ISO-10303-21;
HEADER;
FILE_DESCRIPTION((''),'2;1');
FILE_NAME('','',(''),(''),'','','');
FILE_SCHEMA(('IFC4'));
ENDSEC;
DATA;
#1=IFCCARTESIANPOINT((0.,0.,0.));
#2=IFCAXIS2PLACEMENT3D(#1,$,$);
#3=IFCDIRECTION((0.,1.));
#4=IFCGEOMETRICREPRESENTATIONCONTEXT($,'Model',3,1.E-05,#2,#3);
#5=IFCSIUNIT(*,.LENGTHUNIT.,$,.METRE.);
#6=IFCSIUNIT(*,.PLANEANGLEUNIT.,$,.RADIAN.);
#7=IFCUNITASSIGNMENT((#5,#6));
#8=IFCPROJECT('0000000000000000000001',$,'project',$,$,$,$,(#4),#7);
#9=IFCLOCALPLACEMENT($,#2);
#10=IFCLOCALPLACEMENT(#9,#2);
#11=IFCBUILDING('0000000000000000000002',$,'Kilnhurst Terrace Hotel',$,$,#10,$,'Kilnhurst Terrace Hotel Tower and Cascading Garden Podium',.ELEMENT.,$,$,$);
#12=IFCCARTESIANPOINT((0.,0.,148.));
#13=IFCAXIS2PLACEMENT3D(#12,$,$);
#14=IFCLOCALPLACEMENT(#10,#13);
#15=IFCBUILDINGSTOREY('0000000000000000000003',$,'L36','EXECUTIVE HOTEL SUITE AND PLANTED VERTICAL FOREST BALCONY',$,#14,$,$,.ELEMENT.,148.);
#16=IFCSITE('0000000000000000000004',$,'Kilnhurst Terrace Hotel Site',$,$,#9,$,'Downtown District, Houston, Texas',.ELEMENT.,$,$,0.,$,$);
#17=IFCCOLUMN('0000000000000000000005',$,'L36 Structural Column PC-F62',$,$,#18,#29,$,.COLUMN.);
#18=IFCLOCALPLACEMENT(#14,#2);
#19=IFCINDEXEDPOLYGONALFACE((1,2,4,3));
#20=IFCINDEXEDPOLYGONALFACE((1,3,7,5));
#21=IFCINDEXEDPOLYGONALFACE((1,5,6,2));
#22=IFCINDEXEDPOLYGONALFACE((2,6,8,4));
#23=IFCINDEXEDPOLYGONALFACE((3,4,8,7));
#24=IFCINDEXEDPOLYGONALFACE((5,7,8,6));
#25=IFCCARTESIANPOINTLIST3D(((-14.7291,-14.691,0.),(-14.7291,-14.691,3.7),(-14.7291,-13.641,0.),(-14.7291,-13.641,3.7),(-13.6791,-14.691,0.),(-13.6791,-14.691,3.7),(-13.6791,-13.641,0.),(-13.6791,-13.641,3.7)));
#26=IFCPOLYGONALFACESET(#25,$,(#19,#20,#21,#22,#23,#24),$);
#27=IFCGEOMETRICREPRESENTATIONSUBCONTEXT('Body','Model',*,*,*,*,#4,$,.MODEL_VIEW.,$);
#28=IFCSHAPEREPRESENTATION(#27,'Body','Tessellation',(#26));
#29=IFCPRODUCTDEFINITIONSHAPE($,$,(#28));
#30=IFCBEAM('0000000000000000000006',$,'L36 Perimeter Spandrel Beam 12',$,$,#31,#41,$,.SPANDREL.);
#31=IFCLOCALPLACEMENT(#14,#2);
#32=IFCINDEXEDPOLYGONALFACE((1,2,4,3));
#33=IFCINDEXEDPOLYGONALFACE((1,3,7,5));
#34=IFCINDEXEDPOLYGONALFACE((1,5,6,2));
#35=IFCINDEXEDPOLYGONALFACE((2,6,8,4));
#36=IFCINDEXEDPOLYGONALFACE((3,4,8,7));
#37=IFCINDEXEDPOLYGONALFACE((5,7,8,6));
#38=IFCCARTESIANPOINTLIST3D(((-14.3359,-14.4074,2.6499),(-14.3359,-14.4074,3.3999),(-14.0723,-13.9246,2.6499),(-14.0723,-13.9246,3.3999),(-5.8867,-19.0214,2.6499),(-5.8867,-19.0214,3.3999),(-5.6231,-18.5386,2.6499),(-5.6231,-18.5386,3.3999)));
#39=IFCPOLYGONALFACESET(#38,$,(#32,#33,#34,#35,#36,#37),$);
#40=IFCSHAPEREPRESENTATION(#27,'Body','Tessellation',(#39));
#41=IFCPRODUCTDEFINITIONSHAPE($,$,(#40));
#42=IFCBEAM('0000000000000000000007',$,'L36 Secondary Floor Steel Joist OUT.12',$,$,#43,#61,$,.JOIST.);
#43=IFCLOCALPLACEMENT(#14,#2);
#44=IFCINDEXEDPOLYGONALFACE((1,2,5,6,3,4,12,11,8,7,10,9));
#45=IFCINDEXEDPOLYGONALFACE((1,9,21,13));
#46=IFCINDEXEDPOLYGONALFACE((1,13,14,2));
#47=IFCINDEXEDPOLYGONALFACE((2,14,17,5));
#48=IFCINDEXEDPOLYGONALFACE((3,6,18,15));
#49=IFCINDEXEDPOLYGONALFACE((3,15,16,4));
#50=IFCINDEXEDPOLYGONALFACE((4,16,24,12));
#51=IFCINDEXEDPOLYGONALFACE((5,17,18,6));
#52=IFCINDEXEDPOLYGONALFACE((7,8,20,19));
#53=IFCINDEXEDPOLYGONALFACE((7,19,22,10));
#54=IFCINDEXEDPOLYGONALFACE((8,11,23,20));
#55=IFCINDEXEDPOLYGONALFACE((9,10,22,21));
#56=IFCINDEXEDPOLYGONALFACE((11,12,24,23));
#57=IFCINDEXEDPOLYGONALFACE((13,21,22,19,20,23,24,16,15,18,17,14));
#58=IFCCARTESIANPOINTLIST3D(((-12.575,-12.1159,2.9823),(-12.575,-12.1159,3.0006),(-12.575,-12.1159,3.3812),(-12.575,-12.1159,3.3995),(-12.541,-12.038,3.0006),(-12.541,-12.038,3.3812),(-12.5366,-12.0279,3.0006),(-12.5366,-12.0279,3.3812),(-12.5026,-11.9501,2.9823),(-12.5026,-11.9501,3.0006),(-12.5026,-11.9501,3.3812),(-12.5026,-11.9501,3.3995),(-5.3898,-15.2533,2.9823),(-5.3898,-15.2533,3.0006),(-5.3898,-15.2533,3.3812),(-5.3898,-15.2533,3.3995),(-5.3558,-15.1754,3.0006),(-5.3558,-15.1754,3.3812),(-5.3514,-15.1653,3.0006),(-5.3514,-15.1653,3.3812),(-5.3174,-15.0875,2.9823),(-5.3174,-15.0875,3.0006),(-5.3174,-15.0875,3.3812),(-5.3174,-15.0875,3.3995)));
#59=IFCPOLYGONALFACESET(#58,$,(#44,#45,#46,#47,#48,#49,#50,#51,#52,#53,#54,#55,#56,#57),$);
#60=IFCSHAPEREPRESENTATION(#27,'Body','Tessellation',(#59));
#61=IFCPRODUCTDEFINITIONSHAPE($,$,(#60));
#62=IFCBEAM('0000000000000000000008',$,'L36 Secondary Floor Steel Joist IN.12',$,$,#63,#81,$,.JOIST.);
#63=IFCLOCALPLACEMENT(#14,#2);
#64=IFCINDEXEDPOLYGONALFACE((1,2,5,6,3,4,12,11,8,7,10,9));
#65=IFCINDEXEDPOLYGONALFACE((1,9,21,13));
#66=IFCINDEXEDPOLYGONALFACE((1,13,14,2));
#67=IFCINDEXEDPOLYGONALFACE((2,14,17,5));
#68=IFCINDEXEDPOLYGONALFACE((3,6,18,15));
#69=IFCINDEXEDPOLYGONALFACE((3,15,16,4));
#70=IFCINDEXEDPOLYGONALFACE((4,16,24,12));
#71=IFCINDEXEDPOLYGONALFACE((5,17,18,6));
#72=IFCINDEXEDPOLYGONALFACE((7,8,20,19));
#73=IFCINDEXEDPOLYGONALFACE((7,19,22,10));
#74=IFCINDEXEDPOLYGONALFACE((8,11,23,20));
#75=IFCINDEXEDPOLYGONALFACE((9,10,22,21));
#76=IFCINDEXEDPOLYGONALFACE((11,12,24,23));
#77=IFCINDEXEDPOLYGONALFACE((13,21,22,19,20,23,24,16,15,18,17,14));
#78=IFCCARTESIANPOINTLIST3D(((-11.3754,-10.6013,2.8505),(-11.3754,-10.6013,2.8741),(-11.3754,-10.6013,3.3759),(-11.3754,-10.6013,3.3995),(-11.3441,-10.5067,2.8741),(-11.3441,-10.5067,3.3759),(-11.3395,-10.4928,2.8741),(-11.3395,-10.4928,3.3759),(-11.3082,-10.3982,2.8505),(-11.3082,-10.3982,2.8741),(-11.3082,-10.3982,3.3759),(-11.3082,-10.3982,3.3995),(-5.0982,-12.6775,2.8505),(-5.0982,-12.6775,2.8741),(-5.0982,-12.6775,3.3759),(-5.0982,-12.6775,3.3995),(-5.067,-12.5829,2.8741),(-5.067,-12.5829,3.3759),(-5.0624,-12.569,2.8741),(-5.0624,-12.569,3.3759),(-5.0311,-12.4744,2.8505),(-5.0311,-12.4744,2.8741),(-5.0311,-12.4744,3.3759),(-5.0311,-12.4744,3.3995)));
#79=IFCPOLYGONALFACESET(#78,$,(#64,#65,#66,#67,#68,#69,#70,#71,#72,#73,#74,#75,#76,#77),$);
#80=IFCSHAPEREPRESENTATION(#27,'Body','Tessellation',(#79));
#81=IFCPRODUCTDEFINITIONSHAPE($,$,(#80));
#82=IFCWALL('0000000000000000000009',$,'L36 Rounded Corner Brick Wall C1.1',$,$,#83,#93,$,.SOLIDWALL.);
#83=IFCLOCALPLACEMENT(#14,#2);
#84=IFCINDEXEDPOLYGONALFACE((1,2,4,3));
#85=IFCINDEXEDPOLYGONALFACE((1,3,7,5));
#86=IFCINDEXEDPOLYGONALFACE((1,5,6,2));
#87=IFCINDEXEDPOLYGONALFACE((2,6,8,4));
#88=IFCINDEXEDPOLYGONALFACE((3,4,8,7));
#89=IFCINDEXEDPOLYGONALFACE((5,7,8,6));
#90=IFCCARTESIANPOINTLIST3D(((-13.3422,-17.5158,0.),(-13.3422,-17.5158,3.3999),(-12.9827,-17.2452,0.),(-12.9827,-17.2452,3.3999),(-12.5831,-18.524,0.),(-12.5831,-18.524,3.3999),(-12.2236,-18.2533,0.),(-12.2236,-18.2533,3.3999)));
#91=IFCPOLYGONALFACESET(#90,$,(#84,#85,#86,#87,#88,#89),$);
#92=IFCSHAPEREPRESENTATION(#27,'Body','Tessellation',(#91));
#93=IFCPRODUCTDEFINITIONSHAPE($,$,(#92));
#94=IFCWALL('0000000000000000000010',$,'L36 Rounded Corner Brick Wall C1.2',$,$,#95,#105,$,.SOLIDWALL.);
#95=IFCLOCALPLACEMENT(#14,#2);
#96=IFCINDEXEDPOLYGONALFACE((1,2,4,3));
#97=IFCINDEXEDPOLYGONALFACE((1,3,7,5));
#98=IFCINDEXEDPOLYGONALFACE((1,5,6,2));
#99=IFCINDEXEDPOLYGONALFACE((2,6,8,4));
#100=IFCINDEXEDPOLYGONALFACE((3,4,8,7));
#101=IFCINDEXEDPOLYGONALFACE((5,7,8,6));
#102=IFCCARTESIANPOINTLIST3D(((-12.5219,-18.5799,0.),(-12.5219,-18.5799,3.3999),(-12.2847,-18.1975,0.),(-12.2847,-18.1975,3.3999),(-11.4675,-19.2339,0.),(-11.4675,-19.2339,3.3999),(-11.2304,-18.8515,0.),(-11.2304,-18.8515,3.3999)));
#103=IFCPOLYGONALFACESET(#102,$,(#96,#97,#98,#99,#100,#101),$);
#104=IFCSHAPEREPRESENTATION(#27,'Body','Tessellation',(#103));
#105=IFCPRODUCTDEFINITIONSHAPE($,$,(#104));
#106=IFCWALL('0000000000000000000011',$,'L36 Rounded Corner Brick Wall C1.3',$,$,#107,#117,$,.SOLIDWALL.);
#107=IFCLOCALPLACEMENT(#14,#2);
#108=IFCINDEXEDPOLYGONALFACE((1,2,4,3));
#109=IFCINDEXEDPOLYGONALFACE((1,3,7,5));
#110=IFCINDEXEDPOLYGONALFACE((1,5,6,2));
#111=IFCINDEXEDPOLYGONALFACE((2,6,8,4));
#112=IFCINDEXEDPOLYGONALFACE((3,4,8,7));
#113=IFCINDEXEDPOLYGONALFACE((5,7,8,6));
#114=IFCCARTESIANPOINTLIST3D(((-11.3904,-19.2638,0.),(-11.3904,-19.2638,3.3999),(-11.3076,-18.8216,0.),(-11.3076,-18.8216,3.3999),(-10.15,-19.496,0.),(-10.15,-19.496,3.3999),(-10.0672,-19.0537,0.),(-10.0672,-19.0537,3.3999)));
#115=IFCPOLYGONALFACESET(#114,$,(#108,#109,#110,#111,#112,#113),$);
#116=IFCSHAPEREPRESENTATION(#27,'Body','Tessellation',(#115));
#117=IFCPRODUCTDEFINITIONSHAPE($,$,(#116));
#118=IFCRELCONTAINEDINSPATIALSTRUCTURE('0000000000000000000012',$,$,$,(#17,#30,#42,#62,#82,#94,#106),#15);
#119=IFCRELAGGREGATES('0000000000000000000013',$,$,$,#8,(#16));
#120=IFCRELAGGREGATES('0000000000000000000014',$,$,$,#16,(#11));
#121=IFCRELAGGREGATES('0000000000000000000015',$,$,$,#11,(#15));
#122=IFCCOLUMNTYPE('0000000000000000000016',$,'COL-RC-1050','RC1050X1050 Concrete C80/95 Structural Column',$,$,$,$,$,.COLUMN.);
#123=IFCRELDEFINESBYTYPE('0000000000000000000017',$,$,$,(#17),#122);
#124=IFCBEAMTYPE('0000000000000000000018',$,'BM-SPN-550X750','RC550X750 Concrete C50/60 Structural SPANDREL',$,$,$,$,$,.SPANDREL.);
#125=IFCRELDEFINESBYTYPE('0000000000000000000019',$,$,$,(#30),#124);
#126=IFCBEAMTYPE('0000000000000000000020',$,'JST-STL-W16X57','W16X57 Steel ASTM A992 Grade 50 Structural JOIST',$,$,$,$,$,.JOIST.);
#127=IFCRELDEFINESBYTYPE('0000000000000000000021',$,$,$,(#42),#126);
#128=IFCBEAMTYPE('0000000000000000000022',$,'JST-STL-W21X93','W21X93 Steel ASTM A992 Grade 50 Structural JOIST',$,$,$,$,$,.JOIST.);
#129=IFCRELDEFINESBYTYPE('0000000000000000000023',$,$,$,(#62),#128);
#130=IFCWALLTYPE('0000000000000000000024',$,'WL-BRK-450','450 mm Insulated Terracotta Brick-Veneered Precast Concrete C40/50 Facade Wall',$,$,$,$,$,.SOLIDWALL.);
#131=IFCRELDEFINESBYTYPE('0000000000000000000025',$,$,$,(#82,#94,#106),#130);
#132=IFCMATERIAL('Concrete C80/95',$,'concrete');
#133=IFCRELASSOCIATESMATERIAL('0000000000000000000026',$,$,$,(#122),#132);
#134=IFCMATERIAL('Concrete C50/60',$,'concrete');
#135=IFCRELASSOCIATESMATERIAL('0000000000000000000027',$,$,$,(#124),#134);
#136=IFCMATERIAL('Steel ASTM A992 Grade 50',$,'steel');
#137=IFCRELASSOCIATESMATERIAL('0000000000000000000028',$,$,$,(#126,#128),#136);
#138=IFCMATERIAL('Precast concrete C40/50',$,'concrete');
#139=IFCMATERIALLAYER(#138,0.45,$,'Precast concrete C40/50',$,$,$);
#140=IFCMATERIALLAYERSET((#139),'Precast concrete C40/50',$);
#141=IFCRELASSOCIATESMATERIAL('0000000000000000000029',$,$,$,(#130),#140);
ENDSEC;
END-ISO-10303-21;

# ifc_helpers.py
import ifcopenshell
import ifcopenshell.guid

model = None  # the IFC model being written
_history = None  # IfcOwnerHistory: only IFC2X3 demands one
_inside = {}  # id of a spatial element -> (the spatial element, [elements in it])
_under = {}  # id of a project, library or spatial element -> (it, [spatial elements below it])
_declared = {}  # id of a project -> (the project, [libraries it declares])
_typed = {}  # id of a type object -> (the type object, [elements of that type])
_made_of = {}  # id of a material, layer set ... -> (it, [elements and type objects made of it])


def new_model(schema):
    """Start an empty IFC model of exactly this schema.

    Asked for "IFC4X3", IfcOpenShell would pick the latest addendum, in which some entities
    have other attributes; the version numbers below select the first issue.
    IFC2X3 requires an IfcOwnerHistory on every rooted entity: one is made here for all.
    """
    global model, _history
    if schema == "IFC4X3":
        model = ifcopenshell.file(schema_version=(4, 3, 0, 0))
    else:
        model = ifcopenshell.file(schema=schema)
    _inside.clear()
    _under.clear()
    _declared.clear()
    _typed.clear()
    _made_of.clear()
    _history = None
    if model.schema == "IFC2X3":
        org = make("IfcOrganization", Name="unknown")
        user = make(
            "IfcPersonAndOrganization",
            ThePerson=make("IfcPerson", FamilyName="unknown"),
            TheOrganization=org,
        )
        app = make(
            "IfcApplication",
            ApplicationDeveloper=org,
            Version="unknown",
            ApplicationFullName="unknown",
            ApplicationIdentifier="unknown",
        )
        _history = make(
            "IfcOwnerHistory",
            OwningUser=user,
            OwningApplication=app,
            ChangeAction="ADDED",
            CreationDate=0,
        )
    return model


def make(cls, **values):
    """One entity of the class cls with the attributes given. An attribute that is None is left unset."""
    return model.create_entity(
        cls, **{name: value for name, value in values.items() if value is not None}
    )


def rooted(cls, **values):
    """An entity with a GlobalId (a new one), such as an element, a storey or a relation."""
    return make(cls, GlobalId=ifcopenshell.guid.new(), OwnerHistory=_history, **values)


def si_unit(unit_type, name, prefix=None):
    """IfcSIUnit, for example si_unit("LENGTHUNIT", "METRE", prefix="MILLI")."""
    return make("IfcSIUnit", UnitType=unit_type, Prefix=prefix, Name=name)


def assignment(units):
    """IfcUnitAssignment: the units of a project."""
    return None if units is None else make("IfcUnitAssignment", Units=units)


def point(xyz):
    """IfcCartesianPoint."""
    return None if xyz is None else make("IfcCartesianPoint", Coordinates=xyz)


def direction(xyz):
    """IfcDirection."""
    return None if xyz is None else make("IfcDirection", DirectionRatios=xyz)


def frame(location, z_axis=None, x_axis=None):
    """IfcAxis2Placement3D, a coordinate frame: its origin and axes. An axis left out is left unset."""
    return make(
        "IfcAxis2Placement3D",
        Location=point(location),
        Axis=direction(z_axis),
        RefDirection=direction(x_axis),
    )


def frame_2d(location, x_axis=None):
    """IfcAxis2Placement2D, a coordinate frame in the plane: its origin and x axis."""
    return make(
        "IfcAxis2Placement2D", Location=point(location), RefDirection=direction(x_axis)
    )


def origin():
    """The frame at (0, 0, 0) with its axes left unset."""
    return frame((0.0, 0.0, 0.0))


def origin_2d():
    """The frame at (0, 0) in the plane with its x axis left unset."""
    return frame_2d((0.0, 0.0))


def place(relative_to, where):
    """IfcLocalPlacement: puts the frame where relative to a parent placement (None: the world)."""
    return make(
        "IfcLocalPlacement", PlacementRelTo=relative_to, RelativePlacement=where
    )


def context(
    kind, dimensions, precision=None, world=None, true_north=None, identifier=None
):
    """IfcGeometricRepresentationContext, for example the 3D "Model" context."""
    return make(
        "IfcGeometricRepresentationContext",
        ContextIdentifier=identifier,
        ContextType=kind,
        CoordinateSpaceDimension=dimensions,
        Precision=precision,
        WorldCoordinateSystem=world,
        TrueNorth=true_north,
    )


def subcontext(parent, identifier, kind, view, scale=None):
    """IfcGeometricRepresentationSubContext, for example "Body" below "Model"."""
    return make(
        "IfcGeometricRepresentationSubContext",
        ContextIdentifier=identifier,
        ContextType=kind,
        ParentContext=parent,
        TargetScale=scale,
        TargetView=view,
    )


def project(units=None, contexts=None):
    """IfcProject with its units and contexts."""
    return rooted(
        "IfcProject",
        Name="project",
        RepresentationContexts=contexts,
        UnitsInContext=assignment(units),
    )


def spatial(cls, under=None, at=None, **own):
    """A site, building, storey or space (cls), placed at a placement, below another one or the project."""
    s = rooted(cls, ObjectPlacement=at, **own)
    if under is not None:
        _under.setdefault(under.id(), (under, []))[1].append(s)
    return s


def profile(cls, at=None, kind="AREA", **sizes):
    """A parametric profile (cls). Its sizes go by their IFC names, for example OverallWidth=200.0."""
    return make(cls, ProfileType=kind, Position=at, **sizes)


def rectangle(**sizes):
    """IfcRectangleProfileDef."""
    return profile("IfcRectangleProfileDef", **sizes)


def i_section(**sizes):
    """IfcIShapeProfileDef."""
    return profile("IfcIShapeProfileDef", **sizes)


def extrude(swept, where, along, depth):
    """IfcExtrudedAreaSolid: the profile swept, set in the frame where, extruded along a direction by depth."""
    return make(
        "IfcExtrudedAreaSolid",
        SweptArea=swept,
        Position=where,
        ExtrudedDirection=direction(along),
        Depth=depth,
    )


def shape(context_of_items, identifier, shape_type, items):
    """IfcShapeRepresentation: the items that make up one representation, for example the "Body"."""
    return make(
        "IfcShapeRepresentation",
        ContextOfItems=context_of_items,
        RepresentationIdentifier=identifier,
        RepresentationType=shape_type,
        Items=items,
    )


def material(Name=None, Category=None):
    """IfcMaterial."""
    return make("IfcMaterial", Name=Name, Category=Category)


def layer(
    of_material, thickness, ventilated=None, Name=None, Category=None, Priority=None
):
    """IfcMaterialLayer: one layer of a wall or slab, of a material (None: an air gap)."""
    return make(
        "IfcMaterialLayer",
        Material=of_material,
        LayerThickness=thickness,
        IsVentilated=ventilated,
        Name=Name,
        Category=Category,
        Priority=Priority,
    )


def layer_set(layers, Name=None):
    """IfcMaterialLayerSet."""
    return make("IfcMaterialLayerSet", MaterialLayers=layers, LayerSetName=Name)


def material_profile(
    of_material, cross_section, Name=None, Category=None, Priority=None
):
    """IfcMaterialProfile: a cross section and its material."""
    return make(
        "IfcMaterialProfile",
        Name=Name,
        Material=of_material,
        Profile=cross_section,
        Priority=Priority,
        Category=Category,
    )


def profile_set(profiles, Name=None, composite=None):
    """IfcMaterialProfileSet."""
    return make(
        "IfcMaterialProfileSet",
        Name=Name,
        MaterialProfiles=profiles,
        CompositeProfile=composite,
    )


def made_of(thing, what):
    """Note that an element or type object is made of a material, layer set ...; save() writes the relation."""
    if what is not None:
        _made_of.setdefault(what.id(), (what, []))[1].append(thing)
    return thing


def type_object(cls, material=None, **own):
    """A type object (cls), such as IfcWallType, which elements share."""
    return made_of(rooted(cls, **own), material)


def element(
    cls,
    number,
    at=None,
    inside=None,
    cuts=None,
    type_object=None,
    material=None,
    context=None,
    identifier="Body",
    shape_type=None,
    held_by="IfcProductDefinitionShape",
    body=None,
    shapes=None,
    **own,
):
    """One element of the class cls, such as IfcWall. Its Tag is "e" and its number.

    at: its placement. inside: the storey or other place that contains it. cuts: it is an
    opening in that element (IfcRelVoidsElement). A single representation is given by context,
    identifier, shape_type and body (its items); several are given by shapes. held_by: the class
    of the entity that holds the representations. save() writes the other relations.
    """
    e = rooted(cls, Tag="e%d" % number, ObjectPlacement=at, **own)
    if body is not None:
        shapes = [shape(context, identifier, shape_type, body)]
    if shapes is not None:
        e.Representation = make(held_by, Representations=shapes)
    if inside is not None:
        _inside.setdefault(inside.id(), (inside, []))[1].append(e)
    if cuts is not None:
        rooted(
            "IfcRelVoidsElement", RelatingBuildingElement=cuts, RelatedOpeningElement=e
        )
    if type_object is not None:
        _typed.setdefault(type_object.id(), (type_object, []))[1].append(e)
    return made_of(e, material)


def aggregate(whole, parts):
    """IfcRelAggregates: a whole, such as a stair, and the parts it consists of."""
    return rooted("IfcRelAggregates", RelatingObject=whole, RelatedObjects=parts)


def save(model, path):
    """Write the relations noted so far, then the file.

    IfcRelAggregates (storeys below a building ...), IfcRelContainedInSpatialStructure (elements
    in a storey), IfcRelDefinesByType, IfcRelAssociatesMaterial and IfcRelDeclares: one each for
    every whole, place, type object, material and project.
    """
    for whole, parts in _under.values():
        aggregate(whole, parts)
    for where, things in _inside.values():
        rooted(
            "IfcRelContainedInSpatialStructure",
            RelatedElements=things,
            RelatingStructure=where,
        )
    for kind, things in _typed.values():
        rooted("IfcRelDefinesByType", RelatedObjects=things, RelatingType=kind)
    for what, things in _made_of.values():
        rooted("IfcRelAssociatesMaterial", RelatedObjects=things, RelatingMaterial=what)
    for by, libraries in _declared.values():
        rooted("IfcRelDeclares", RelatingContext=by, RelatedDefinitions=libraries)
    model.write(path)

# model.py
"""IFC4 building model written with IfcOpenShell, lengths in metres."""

from ifc_helpers import new_model, si_unit, direction, frame, frame_2d, origin, origin_2d, place, context, subcontext, project, spatial, rectangle, i_section, extrude, material, layer, layer_set, material_profile, profile_set, type_object, element, save


model = new_model("IFC4")

# Units and contexts
model_context = context("Model", 3, precision=1e-05, world=origin(), true_north=direction((0.0, 1.0)))
body_context = subcontext(model_context, "Body", "Model", "MODEL_VIEW")
ifc_project = project(units=[si_unit("LENGTHUNIT", "METRE"), si_unit("PLANEANGLEUNIT", "RADIAN")], contexts=[model_context])

# Site, building, storey
site_placement = place(None, origin())
site = spatial("IfcSite", under=ifc_project, at=site_placement, Name="Kilnhurst Terrace Hotel Site", LongName="Downtown District, Houston, Texas", CompositionType="ELEMENT", RefElevation=0.0)
building_placement = place(site_placement, origin())
building = spatial("IfcBuilding", under=site, at=building_placement, Name="Kilnhurst Terrace Hotel", LongName="Kilnhurst Terrace Hotel Tower and Cascading Garden Podium", CompositionType="ELEMENT")
storey_placement = place(building_placement, frame((0.0, 0.0, 148.0)))
storey = spatial("IfcBuildingStorey", under=building, at=storey_placement, Name="L36", Description="EXECUTIVE HOTEL SUITE AND PLANTED VERTICAL FOREST BALCONY", CompositionType="ELEMENT", Elevation=148.0)

# Column
ifc_material_1 = material(Name="Concrete C80/95", Category="concrete")
ifc_material_profile_1 = material_profile(ifc_material_1, rectangle(XDim=1.05, YDim=1.05, at=origin_2d()), Name="RC1050X1050")
ifc_profile_set_1 = profile_set([ifc_material_profile_1], Name="Concrete C80/95")
column_type = type_object("IfcColumnType", Name="COL-RC-1050", Description="RC1050X1050 Concrete C80/95 Structural Column", PredefinedType="COLUMN", material=ifc_profile_set_1)
column_placement = place(storey_placement, frame((-14.2041, -14.166, 0.0), z_axis=(0.0, 0.0, 1.0), x_axis=(1.0, 0.0, 0.0)))
element("IfcColumn", 1, at=column_placement, inside=storey, type_object=column_type, Name="L36 Structural Column PC-F62", PredefinedType="COLUMN", context=body_context, shape_type="SweptSolid", body=[
    extrude(rectangle(XDim=1.05, YDim=1.05, at=origin_2d()), origin(), (0.0, 0.0, 1.0), 3.7),
])

# Beams
ifc_material_2 = material(Name="Concrete C50/60", Category="concrete")
ifc_material_profile_2 = material_profile(ifc_material_2, rectangle(XDim=0.55, YDim=0.75, at=origin_2d()), Name="RC550X750")
ifc_profile_set_2 = profile_set([ifc_material_profile_2], Name="Concrete C50/60")
beam_type_1 = type_object("IfcBeamType", Name="BM-SPN-550X750", Description="RC550X750 Concrete C50/60 Structural SPANDREL", PredefinedType="SPANDREL", material=ifc_profile_set_2)
beam_1_placement = place(storey_placement, frame((-14.2041, -14.166, 3.0249), z_axis=(0.877662, -0.47928, 0.0), x_axis=(0.47928, 0.877662, 0.0)))
element("IfcBeam", 2, at=beam_1_placement, inside=storey, type_object=beam_type_1, Name="L36 Perimeter Spandrel Beam 12", PredefinedType="SPANDREL", context=body_context, shape_type="SweptSolid", body=[
    extrude(rectangle(XDim=0.55, YDim=0.75, at=origin_2d()), origin(), (0.0, 0.0, 1.0), 9.627),
])
ifc_material_3 = material(Name="Steel ASTM A992 Grade 50", Category="steel")
ifc_material_profile_3 = material_profile(ifc_material_3, i_section(OverallWidth=0.1809, OverallDepth=0.4172, WebThickness=0.011, FlangeThickness=0.0183, at=origin_2d()), Name="W16X57")
ifc_profile_set_3 = profile_set([ifc_material_profile_3], Name="Steel ASTM A992 Grade 50")
beam_type_2 = type_object("IfcBeamType", Name="JST-STL-W16X57", Description="W16X57 Steel ASTM A992 Grade 50 Structural JOIST", PredefinedType="JOIST", material=ifc_profile_set_3)
beam_2_placement = place(storey_placement, frame((-12.5388, -12.033, 3.1909), z_axis=(0.916444, -0.400164, 0.0), x_axis=(0.400164, 0.916444, 0.0)))
element("IfcBeam", 3, at=beam_2_placement, inside=storey, type_object=beam_type_2, Name="L36 Secondary Floor Steel Joist OUT.12", PredefinedType="JOIST", context=body_context, shape_type="SweptSolid", body=[
    extrude(i_section(OverallWidth=0.1809, OverallDepth=0.4172, WebThickness=0.011, FlangeThickness=0.0183, at=origin_2d()), origin(), (0.0, 0.0, 1.0), 7.8403),
])
ifc_material_profile_4 = material_profile(ifc_material_3, i_section(OverallWidth=0.2139, OverallDepth=0.5491, WebThickness=0.0146, FlangeThickness=0.0237, at=origin_2d()), Name="W21X93")
ifc_profile_set_4 = profile_set([ifc_material_profile_4], Name="Steel ASTM A992 Grade 50")
beam_type_3 = type_object("IfcBeamType", Name="JST-STL-W21X93", Description="W21X93 Steel ASTM A992 Grade 50 Structural JOIST", PredefinedType="JOIST", material=ifc_profile_set_4)
beam_3_placement = place(storey_placement, frame((-11.3418, -10.4998, 3.125), z_axis=(0.949416, -0.314022, 0.0), x_axis=(0.314022, 0.949416, 0.0)))
element("IfcBeam", 4, at=beam_3_placement, inside=storey, type_object=beam_type_3, Name="L36 Secondary Floor Steel Joist IN.12", PredefinedType="JOIST", context=body_context, shape_type="SweptSolid", body=[
    extrude(i_section(OverallWidth=0.2139, OverallDepth=0.5491, WebThickness=0.0146, FlangeThickness=0.0237, at=origin_2d()), origin(), (0.0, 0.0, 1.0), 6.6116),
])

# Walls
ifc_material_4 = material(Name="Precast concrete C40/50", Category="concrete")
ifc_layer_1 = layer(ifc_material_4, 0.45, Name="Precast concrete C40/50")
ifc_layer_set_1 = layer_set([ifc_layer_1], Name="Precast concrete C40/50")
wall_type_1 = type_object("IfcWallType", Name="WL-BRK-450", Description="450 mm Insulated Terracotta Brick-Veneered Precast Concrete C40/50 Facade Wall", PredefinedType="SOLIDWALL", material=ifc_layer_set_1)
wall_1_placement = place(storey_placement, frame((-13.1624, -17.3806, 0.0), z_axis=(0.0, 0.0, 1.0), x_axis=(0.601516, -0.798861, 0.0)))
element("IfcWall", 5, at=wall_1_placement, inside=storey, type_object=wall_type_1, Name="L36 Rounded Corner Brick Wall C1.1", PredefinedType="SOLIDWALL", context=body_context, shape_type="SweptSolid", body=[
    extrude(rectangle(XDim=1.262, YDim=0.45, at=frame_2d((0.6309, 0.0))), origin(), (0.0, 0.0, 1.0), 3.3999),
])
wall_2_placement = place(storey_placement, frame((-12.4033, -18.3887, 0.0), z_axis=(0.0, 0.0, 1.0), x_axis=(0.849795, -0.527113, 0.0)))
element("IfcWall", 6, at=wall_2_placement, inside=storey, type_object=wall_type_1, Name="L36 Rounded Corner Brick Wall C1.2", PredefinedType="SOLIDWALL", context=body_context, shape_type="SweptSolid", body=[
    extrude(rectangle(XDim=1.2407, YDim=0.45, at=frame_2d((0.6204, 0.0))), origin(), (0.0, 0.0, 1.0), 3.3999),
])
wall_3_placement = place(storey_placement, frame((-11.3489, -19.0427, 0.0), z_axis=(0.0, 0.0, 1.0), x_axis=(0.982931, -0.183973, 0.0)))
element("IfcWall", 7, at=wall_3_placement, inside=storey, type_object=wall_type_1, Name="L36 Rounded Corner Brick Wall C1.3", PredefinedType="SOLIDWALL", context=body_context, shape_type="SweptSolid", body=[
    extrude(rectangle(XDim=1.262, YDim=0.45, at=frame_2d((0.6309, 0.0))), origin(), (0.0, 0.0, 1.0), 3.3999),
])

save(model, "model.ifc")
